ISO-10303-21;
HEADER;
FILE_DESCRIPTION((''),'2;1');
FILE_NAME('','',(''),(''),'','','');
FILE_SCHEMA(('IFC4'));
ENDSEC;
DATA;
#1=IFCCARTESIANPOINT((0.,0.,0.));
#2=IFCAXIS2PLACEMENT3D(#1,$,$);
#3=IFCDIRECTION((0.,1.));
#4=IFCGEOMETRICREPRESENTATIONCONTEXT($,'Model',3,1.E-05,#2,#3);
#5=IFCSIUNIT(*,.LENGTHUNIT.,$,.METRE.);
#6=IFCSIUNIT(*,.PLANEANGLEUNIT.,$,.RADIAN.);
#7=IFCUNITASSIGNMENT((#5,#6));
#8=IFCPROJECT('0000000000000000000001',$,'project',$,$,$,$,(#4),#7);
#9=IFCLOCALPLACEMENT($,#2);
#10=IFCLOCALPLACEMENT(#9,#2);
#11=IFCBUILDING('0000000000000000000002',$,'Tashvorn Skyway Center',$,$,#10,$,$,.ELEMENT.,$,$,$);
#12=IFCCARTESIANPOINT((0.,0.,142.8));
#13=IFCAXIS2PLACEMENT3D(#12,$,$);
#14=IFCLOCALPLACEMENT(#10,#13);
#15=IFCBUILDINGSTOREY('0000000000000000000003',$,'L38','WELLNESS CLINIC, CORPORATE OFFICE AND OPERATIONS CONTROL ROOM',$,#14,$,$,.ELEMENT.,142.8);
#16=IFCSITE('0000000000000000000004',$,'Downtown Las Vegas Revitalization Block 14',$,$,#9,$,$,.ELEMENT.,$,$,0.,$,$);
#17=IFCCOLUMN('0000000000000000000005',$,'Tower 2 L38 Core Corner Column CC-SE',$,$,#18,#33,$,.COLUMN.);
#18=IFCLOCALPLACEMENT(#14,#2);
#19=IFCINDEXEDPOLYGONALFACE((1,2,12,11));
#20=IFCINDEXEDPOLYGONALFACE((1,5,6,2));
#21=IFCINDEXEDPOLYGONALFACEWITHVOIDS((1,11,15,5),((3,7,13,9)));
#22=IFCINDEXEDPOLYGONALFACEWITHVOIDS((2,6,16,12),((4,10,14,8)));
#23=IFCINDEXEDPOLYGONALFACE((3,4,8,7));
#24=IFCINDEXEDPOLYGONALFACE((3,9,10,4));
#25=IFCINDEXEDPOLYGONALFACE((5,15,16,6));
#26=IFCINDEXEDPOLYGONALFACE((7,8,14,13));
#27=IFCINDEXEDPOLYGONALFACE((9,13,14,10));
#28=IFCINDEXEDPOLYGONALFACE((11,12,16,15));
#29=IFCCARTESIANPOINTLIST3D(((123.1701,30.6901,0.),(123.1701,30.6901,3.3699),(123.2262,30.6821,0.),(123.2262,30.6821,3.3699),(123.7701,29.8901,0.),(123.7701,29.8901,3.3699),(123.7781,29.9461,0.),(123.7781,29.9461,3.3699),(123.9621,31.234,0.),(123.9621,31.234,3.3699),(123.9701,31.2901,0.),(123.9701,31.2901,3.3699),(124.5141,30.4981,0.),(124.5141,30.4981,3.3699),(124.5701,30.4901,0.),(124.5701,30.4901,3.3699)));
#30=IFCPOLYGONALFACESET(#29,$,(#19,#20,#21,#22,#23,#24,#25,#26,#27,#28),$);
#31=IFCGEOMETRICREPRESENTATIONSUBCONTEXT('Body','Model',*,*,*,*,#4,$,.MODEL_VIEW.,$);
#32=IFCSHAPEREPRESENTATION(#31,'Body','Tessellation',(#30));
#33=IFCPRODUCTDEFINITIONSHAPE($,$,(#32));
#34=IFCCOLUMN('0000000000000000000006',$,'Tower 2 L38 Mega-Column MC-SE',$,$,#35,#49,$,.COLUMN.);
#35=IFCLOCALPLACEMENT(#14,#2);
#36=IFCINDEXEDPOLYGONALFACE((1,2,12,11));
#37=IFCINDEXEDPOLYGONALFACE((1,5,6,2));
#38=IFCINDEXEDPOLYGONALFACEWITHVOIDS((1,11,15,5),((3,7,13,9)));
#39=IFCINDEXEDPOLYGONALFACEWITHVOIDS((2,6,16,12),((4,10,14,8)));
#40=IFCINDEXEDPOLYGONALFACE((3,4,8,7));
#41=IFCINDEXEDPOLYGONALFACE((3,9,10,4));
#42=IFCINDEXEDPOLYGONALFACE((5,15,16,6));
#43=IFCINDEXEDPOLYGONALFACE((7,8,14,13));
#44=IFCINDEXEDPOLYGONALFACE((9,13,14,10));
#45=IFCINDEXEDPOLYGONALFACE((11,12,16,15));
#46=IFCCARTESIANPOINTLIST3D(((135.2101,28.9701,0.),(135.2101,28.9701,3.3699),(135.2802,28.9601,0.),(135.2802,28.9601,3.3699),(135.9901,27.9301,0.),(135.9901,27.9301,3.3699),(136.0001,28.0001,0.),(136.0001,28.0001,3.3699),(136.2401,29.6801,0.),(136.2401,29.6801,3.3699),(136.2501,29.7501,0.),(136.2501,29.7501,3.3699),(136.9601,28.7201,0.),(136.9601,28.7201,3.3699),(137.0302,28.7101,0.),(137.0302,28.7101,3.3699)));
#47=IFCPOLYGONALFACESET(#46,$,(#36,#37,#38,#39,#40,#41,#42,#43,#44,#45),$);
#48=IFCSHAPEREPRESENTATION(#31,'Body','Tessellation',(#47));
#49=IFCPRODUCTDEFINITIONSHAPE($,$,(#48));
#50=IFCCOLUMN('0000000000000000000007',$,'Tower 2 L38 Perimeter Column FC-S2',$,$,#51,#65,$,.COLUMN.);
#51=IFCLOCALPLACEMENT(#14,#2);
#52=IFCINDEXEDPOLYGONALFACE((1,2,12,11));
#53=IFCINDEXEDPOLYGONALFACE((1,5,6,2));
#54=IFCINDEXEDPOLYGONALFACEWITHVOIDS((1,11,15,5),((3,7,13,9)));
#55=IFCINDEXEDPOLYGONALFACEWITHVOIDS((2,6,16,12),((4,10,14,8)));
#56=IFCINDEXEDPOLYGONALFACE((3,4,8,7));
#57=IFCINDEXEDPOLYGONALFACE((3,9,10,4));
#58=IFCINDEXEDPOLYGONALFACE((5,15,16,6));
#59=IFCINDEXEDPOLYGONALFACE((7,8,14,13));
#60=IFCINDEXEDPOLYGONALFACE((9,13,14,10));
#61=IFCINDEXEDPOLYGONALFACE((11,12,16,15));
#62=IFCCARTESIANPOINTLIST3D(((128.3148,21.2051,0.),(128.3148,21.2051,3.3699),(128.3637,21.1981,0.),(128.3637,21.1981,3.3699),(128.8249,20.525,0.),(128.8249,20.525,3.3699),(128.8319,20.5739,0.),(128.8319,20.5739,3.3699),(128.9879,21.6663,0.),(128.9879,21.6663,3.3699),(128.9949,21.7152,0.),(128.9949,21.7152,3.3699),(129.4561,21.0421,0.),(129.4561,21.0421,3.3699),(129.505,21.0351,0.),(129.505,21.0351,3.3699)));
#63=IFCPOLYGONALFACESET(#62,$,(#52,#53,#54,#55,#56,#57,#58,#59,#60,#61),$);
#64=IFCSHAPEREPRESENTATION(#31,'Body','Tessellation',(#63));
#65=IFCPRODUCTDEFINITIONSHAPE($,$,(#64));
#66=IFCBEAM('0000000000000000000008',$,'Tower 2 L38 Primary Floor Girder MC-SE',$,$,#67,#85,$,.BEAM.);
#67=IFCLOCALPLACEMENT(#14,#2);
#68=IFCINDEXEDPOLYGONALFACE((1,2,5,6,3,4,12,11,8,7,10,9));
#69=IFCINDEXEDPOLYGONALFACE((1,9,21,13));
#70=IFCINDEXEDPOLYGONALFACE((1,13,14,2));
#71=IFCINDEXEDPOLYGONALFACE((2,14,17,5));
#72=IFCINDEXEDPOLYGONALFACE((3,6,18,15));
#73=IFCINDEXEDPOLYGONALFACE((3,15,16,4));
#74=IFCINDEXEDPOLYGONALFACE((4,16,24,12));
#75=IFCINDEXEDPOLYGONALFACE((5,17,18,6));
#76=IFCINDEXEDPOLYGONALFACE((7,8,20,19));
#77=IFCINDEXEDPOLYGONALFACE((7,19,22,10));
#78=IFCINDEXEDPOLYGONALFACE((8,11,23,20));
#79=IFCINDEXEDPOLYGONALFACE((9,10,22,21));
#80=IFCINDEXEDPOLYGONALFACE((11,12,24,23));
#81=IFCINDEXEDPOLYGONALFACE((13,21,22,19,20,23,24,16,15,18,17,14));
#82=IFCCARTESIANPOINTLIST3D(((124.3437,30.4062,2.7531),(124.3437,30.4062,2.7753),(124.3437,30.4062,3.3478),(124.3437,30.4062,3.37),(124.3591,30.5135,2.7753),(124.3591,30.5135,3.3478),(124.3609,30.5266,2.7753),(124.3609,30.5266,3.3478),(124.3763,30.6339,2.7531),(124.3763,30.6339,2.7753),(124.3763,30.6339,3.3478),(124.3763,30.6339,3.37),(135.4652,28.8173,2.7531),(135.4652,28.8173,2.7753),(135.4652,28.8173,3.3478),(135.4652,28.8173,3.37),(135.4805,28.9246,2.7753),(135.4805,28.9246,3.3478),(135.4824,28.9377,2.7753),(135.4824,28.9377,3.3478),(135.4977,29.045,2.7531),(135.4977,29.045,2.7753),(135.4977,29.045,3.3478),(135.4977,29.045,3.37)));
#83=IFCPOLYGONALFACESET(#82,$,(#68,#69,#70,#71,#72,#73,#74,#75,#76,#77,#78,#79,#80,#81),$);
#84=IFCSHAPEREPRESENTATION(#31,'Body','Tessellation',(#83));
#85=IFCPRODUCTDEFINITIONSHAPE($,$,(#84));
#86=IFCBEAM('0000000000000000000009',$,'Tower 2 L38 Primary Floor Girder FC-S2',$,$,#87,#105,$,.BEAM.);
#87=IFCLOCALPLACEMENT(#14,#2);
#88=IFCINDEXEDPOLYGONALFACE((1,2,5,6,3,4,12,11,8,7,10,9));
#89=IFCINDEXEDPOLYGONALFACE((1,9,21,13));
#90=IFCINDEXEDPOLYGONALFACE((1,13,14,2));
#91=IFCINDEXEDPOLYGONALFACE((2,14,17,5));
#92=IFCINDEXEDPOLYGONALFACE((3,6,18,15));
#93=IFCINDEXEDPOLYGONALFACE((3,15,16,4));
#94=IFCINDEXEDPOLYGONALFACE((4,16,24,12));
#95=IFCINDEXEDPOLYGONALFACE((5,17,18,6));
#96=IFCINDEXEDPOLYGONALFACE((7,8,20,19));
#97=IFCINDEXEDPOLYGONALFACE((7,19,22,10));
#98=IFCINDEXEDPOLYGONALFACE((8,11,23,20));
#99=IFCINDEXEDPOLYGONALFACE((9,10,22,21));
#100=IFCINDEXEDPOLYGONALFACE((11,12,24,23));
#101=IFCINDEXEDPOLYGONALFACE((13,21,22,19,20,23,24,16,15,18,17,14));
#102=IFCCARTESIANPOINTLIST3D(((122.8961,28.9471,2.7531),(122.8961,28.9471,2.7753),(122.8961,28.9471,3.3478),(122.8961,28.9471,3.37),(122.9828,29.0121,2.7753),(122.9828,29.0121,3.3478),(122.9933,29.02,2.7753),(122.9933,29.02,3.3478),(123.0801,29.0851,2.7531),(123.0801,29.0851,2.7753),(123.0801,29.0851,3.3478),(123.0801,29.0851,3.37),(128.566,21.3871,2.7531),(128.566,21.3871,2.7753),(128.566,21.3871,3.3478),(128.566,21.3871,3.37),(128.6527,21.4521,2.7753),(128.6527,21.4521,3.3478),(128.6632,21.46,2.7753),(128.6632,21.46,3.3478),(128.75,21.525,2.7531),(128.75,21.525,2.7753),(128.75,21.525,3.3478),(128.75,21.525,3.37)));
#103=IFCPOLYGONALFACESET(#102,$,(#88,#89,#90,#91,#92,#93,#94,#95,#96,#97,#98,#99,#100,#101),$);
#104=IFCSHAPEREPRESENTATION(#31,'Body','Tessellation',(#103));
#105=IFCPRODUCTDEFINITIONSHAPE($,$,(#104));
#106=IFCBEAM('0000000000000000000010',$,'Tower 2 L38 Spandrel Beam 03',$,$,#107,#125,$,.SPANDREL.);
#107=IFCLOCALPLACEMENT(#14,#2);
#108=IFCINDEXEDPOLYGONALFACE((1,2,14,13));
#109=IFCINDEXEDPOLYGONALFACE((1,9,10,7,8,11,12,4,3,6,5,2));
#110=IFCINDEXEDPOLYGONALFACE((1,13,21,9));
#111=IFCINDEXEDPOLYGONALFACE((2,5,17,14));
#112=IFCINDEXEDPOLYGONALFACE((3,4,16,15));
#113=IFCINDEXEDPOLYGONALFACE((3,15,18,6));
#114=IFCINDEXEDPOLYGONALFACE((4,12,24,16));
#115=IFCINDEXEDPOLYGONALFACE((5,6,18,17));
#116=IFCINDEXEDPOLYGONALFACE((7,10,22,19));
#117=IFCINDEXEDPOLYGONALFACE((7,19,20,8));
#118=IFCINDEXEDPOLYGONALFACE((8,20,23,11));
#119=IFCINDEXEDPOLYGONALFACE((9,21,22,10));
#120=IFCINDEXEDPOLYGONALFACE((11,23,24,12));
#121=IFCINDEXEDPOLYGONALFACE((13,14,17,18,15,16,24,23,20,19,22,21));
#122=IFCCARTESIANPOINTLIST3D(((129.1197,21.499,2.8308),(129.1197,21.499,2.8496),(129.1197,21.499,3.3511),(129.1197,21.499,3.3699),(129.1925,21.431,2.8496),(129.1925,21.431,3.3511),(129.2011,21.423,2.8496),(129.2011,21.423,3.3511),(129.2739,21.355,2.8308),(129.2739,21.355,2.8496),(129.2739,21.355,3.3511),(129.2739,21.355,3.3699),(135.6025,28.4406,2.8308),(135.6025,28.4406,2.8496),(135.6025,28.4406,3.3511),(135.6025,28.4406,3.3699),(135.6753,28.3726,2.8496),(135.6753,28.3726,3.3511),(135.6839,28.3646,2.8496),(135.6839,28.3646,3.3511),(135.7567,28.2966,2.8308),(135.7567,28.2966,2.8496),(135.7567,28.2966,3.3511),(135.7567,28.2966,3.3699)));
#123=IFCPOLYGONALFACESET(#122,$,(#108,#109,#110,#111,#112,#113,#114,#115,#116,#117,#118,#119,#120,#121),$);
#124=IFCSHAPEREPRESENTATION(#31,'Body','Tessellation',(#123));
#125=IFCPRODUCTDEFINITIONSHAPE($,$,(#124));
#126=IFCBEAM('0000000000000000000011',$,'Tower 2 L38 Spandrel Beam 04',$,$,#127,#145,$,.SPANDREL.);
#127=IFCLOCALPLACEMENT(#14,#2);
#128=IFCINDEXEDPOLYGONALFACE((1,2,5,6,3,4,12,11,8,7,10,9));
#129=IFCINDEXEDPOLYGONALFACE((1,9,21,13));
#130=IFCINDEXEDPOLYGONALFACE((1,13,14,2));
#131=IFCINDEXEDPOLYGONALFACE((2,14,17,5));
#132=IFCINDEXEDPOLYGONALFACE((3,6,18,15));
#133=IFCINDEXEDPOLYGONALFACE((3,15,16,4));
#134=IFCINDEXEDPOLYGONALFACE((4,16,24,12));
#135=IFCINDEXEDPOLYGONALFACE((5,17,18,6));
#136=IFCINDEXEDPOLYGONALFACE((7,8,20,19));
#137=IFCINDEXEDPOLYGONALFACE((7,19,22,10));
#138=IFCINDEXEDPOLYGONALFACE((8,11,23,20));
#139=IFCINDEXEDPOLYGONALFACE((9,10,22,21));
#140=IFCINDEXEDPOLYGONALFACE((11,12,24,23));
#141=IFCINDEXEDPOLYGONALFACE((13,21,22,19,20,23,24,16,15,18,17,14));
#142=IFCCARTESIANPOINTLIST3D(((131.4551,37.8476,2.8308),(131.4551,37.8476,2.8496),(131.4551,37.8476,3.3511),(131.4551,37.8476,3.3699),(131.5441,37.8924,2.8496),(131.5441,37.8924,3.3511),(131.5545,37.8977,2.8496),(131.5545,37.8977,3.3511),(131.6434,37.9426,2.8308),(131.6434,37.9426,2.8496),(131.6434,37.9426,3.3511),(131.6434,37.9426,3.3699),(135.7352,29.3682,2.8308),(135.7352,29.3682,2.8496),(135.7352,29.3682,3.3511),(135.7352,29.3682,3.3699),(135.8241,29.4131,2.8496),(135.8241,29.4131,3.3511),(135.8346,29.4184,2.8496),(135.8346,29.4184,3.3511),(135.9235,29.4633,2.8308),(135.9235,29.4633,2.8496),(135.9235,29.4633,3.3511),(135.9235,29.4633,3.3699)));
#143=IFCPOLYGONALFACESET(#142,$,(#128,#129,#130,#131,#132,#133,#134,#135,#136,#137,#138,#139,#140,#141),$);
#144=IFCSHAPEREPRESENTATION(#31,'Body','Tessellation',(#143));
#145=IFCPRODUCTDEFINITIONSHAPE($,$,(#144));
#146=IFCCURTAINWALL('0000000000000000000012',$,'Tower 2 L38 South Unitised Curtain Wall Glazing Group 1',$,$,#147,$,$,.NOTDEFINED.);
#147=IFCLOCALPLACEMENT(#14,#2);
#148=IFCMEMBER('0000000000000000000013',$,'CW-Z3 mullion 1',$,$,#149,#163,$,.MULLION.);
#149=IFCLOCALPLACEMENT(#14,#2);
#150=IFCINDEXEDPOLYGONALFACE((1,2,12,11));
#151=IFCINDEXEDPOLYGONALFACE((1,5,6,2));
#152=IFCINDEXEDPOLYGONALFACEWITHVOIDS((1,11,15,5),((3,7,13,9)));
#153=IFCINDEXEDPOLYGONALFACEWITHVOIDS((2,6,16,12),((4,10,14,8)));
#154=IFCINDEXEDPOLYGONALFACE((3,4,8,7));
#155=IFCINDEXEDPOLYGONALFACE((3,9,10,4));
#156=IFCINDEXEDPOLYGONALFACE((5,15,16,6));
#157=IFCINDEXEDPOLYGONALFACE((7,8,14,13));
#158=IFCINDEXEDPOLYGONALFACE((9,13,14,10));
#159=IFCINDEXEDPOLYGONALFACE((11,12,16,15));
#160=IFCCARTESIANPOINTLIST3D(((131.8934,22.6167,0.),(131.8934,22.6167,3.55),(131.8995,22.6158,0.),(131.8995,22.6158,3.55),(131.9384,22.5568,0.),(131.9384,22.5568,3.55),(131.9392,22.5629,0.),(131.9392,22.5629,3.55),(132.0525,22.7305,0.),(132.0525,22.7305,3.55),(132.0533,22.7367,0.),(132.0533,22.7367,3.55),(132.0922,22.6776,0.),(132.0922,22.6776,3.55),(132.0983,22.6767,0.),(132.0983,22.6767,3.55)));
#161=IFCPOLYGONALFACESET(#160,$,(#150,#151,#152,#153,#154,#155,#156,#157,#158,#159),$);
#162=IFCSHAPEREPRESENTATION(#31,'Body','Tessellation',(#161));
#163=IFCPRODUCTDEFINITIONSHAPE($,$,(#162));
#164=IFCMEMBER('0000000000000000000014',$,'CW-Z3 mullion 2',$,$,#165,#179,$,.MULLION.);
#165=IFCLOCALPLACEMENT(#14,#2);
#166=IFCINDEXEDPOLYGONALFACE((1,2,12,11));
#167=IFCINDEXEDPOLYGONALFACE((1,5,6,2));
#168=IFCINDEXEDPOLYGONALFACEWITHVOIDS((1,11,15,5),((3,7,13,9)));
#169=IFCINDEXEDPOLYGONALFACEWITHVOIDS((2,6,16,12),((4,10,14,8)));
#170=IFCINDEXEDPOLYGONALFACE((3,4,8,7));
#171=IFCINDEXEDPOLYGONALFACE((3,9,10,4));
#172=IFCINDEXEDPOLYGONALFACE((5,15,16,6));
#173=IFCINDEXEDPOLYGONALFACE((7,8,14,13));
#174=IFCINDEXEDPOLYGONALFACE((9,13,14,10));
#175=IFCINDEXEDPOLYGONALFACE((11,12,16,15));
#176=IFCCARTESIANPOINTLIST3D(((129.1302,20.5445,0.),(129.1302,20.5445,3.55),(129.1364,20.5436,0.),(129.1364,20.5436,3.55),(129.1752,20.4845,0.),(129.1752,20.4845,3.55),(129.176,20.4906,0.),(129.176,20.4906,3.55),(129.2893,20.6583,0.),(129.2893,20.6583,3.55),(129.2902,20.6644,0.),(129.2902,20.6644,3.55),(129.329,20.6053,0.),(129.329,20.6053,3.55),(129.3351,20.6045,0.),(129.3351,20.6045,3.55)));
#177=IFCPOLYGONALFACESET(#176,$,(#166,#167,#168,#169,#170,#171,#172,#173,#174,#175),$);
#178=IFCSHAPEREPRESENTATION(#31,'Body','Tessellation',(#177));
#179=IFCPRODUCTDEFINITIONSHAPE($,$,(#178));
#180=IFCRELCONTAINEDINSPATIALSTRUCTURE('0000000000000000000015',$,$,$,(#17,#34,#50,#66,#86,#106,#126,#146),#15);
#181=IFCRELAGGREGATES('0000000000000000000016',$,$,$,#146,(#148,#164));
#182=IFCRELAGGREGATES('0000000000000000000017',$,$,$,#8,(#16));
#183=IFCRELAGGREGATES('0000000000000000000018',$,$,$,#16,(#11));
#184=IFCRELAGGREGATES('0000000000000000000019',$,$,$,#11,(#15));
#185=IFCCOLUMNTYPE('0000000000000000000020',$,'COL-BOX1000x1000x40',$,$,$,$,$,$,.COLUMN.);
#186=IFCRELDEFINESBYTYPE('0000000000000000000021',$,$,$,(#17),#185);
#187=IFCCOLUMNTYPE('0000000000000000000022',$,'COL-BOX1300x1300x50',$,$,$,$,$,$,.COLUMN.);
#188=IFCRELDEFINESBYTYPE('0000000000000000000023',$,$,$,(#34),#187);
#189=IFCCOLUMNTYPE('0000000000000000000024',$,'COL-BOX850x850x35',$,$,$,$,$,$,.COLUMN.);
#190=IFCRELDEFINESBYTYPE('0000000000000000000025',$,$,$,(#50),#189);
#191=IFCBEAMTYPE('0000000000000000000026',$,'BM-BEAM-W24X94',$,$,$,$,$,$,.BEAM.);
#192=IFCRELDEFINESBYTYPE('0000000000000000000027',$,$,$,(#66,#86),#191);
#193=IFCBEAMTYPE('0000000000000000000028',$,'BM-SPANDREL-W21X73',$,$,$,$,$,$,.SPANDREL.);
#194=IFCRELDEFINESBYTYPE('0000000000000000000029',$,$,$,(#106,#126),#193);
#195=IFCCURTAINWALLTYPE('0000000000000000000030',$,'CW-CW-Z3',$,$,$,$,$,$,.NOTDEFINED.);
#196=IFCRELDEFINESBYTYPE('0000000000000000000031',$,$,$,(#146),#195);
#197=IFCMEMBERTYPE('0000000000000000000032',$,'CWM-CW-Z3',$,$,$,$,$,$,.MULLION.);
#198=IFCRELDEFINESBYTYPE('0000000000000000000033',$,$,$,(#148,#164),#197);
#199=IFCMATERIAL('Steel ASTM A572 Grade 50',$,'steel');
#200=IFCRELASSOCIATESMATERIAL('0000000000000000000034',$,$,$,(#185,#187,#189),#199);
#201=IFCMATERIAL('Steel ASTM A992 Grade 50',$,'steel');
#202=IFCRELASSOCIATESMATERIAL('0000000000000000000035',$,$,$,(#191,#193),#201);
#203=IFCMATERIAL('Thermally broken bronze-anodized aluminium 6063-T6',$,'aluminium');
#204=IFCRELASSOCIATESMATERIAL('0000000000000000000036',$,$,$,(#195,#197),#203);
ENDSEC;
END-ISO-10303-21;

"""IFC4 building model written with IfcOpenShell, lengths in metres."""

from ifc_helpers import new_model, si_unit, direction, frame, origin, origin_2d, place, context, subcontext, project, spatial, hollow_rectangle, i_section, extrude, material, material_profile, profile_set, type_object, element, aggregate, save


model = new_model("IFC4")

# Units and contexts
model_context = context("Model", 3, precision=1e-05, world=origin(), true_north=direction((0.0, 1.0)))
body_context = subcontext(model_context, "Body", "Model", "MODEL_VIEW")
ifc_project = project(units=[si_unit("LENGTHUNIT", "METRE"), si_unit("PLANEANGLEUNIT", "RADIAN")], contexts=[model_context])

# Site, building, storey
site_placement = place(None, origin())
site = spatial("IfcSite", under=ifc_project, at=site_placement, Name="Downtown Las Vegas Revitalization Block 14", CompositionType="ELEMENT", RefElevation=0.0)
building_placement = place(site_placement, origin())
building = spatial("IfcBuilding", under=site, at=building_placement, Name="Tashvorn Skyway Center", CompositionType="ELEMENT")
storey_placement = place(building_placement, frame((0.0, 0.0, 142.8)))
storey = spatial("IfcBuildingStorey", under=building, at=storey_placement, Name="L38", Description="WELLNESS CLINIC, CORPORATE OFFICE AND OPERATIONS CONTROL ROOM", CompositionType="ELEMENT", Elevation=142.8)

# Columns
ifc_material_1 = material(Name="Steel ASTM A572 Grade 50", Category="steel")
ifc_material_profile_1 = material_profile(ifc_material_1, hollow_rectangle(XDim=1.0, YDim=1.0, WallThickness=0.04, at=origin_2d()), Name="BOX1000x1000x40")
ifc_profile_set_1 = profile_set([ifc_material_profile_1], Name="Steel ASTM A572 Grade 50")
column_type_1 = type_object("IfcColumnType", Name="COL-BOX1000x1000x40", PredefinedType="COLUMN", material=ifc_profile_set_1)
column_1_placement = place(storey_placement, frame((123.8701, 30.5901, 0.0), z_axis=(0.0, 0.0, 1.0), x_axis=(0.8, 0.6, 0.0)))
element("IfcColumn", 1, at=column_1_placement, inside=storey, type_object=column_type_1, Name="Tower 2 L38 Core Corner Column CC-SE", PredefinedType="COLUMN", context=body_context, shape_type="SweptSolid", body=[
    extrude(hollow_rectangle(XDim=1.0, YDim=1.0, WallThickness=0.04, at=origin_2d()), origin(), (0.0, 0.0, 1.0), 3.3699),
])
ifc_material_profile_2 = material_profile(ifc_material_1, hollow_rectangle(XDim=1.3, YDim=1.3, WallThickness=0.05, at=origin_2d()), Name="BOX1300x1300x50")
ifc_profile_set_2 = profile_set([ifc_material_profile_2], Name="Steel ASTM A572 Grade 50")
column_type_2 = type_object("IfcColumnType", Name="COL-BOX1300x1300x50", PredefinedType="COLUMN", material=ifc_profile_set_2)
column_2_placement = place(storey_placement, frame((136.1201, 28.8401, 0.0), z_axis=(0.0, 0.0, 1.0), x_axis=(0.8, 0.6, 0.0)))
element("IfcColumn", 2, at=column_2_placement, inside=storey, type_object=column_type_2, Name="Tower 2 L38 Mega-Column MC-SE", PredefinedType="COLUMN", context=body_context, shape_type="SweptSolid", body=[
    extrude(hollow_rectangle(XDim=1.3, YDim=1.3, WallThickness=0.05, at=origin_2d()), origin(), (0.0, 0.0, 1.0), 3.3699),
])
ifc_material_profile_3 = material_profile(ifc_material_1, hollow_rectangle(XDim=0.8501, YDim=0.8501, WallThickness=0.0349, at=origin_2d()), Name="BOX850x850x35")
ifc_profile_set_3 = profile_set([ifc_material_profile_3], Name="Steel ASTM A572 Grade 50")
column_type_3 = type_object("IfcColumnType", Name="COL-BOX850x850x35", PredefinedType="COLUMN", material=ifc_profile_set_3)
column_3_placement = place(storey_placement, frame((128.9099, 21.1201, 0.0), z_axis=(0.0, 0.0, 1.0), x_axis=(0.8, 0.6, 0.0)))
element("IfcColumn", 3, at=column_3_placement, inside=storey, type_object=column_type_3, Name="Tower 2 L38 Perimeter Column FC-S2", PredefinedType="COLUMN", context=body_context, shape_type="SweptSolid", body=[
    extrude(hollow_rectangle(XDim=0.8501, YDim=0.8501, WallThickness=0.0349, at=origin_2d()), origin(), (0.0, 0.0, 1.0), 3.3699),
])

# Beams
ifc_material_2 = material(Name="Steel ASTM A992 Grade 50", Category="steel")
ifc_material_profile_4 = material_profile(ifc_material_2, i_section(OverallWidth=0.23, OverallDepth=0.6169, WebThickness=0.0132, FlangeThickness=0.0222, at=origin_2d()), Name="W24X94")
ifc_profile_set_4 = profile_set([ifc_material_profile_4], Name="Steel ASTM A992 Grade 50")
beam_type_1 = type_object("IfcBeamType", Name="BM-BEAM-W24X94", PredefinedType="BEAM", material=ifc_profile_set_4)
beam_1_placement = place(storey_placement, frame((135.4814, 28.9312, 3.0615), z_axis=(-0.989948, 0.14143, 0.0), x_axis=(-0.14143, -0.989948, 0.0)))
element("IfcBeam", 4, at=beam_1_placement, inside=storey, type_object=beam_type_1, Name="Tower 2 L38 Primary Floor Girder MC-SE", PredefinedType="BEAM", context=body_context, shape_type="SweptSolid", body=[
    extrude(i_section(OverallWidth=0.23, OverallDepth=0.6169, WebThickness=0.0132, FlangeThickness=0.0222, at=origin_2d()), origin(), (0.0, 0.0, 1.0), 11.2344),
])
beam_2_placement = place(storey_placement, frame((128.658, 21.4561, 3.0615), z_axis=(-0.599992, 0.800006, 0.0), x_axis=(-0.800006, -0.599992, 0.0)))
element("IfcBeam", 5, at=beam_2_placement, inside=storey, type_object=beam_type_1, Name="Tower 2 L38 Primary Floor Girder FC-S2", PredefinedType="BEAM", context=body_context, shape_type="SweptSolid", body=[
    extrude(i_section(OverallWidth=0.23, OverallDepth=0.6169, WebThickness=0.0132, FlangeThickness=0.0222, at=origin_2d()), origin(), (0.0, 0.0, 1.0), 9.45),
])
ifc_material_profile_5 = material_profile(ifc_material_2, i_section(OverallWidth=0.2109, OverallDepth=0.5391, WebThickness=0.0117, FlangeThickness=0.0188, at=origin_2d()), Name="W21X73")
ifc_profile_set_5 = profile_set([ifc_material_profile_5], Name="Steel ASTM A992 Grade 50")
beam_type_2 = type_object("IfcBeamType", Name="BM-SPANDREL-W21X73", PredefinedType="SPANDREL", material=ifc_profile_set_5)
beam_3_placement = place(storey_placement, frame((129.1968, 21.427, 3.1003), z_axis=(0.682545, 0.730843, 0.0), x_axis=(-0.730843, 0.682545, 0.0)))
element("IfcBeam", 6, at=beam_3_placement, inside=storey, type_object=beam_type_2, Name="Tower 2 L38 Spandrel Beam 03", PredefinedType="SPANDREL", context=body_context, shape_type="SweptSolid", body=[
    extrude(i_section(OverallWidth=0.2109, OverallDepth=0.5391, WebThickness=0.0117, FlangeThickness=0.0188, at=origin_2d()), origin(), (0.0, 0.0, 1.0), 9.498),
])
beam_4_placement = place(storey_placement, frame((135.8293, 29.4158, 3.1003), z_axis=(-0.450614, 0.892719, 0.0), x_axis=(-0.892719, -0.450614, 0.0)))
element("IfcBeam", 7, at=beam_4_placement, inside=storey, type_object=beam_type_2, Name="Tower 2 L38 Spandrel Beam 04", PredefinedType="SPANDREL", context=body_context, shape_type="SweptSolid", body=[
    extrude(i_section(OverallWidth=0.2109, OverallDepth=0.5391, WebThickness=0.0117, FlangeThickness=0.0188, at=origin_2d()), origin(), (0.0, 0.0, 1.0), 9.4983),
])

# Curtain wall, members
ifc_material_3 = material(Name="Thermally broken bronze-anodized aluminium 6063-T6", Category="aluminium")
curtain_wall_type = type_object("IfcCurtainWallType", Name="CW-CW-Z3", PredefinedType="NOTDEFINED", material=ifc_material_3)
curtain_wall_1_placement = place(storey_placement, origin())
curtain_wall_1 = element("IfcCurtainWall", 8, at=curtain_wall_1_placement, inside=storey, type_object=curtain_wall_type, Name="Tower 2 L38 South Unitised Curtain Wall Glazing Group 1", PredefinedType="NOTDEFINED")
ifc_material_profile_6 = material_profile(ifc_material_3, hollow_rectangle(XDim=0.075, YDim=0.2, WallThickness=0.0044, at=origin_2d()), Name="ALU-MULL-75x200")
ifc_profile_set_6 = profile_set([ifc_material_profile_6], Name="Thermally broken bronze-anodized aluminium 6063-T6")
member_type_1 = type_object("IfcMemberType", Name="CWM-CW-Z3", PredefinedType="MULLION", material=ifc_profile_set_6)
member_1_placement = place(storey_placement, frame((131.9958, 22.6467, 0.0), z_axis=(0.0, 0.0, 1.0), x_axis=(0.599995, -0.800003, 0.0)))
member_1 = element("IfcMember", 9, at=member_1_placement, type_object=member_type_1, Name="CW-Z3 mullion 1", PredefinedType="MULLION", context=body_context, shape_type="SweptSolid", body=[
    extrude(hollow_rectangle(XDim=0.075, YDim=0.2, WallThickness=0.0044, at=origin_2d()), origin(), (0.0, 0.0, 1.0), 3.55),
])
member_2_placement = place(storey_placement, frame((129.2327, 20.5745, 0.0), z_axis=(0.0, 0.0, 1.0), x_axis=(0.599995, -0.800003, 0.0)))
member_2 = element("IfcMember", 10, at=member_2_placement, type_object=member_type_1, Name="CW-Z3 mullion 2", PredefinedType="MULLION", context=body_context, shape_type="SweptSolid", body=[
    extrude(hollow_rectangle(XDim=0.075, YDim=0.2, WallThickness=0.0044, at=origin_2d()), origin(), (0.0, 0.0, 1.0), 3.55),
])

aggregate(curtain_wall_1, [member_1, member_2])

save(model, "model.ifc")
